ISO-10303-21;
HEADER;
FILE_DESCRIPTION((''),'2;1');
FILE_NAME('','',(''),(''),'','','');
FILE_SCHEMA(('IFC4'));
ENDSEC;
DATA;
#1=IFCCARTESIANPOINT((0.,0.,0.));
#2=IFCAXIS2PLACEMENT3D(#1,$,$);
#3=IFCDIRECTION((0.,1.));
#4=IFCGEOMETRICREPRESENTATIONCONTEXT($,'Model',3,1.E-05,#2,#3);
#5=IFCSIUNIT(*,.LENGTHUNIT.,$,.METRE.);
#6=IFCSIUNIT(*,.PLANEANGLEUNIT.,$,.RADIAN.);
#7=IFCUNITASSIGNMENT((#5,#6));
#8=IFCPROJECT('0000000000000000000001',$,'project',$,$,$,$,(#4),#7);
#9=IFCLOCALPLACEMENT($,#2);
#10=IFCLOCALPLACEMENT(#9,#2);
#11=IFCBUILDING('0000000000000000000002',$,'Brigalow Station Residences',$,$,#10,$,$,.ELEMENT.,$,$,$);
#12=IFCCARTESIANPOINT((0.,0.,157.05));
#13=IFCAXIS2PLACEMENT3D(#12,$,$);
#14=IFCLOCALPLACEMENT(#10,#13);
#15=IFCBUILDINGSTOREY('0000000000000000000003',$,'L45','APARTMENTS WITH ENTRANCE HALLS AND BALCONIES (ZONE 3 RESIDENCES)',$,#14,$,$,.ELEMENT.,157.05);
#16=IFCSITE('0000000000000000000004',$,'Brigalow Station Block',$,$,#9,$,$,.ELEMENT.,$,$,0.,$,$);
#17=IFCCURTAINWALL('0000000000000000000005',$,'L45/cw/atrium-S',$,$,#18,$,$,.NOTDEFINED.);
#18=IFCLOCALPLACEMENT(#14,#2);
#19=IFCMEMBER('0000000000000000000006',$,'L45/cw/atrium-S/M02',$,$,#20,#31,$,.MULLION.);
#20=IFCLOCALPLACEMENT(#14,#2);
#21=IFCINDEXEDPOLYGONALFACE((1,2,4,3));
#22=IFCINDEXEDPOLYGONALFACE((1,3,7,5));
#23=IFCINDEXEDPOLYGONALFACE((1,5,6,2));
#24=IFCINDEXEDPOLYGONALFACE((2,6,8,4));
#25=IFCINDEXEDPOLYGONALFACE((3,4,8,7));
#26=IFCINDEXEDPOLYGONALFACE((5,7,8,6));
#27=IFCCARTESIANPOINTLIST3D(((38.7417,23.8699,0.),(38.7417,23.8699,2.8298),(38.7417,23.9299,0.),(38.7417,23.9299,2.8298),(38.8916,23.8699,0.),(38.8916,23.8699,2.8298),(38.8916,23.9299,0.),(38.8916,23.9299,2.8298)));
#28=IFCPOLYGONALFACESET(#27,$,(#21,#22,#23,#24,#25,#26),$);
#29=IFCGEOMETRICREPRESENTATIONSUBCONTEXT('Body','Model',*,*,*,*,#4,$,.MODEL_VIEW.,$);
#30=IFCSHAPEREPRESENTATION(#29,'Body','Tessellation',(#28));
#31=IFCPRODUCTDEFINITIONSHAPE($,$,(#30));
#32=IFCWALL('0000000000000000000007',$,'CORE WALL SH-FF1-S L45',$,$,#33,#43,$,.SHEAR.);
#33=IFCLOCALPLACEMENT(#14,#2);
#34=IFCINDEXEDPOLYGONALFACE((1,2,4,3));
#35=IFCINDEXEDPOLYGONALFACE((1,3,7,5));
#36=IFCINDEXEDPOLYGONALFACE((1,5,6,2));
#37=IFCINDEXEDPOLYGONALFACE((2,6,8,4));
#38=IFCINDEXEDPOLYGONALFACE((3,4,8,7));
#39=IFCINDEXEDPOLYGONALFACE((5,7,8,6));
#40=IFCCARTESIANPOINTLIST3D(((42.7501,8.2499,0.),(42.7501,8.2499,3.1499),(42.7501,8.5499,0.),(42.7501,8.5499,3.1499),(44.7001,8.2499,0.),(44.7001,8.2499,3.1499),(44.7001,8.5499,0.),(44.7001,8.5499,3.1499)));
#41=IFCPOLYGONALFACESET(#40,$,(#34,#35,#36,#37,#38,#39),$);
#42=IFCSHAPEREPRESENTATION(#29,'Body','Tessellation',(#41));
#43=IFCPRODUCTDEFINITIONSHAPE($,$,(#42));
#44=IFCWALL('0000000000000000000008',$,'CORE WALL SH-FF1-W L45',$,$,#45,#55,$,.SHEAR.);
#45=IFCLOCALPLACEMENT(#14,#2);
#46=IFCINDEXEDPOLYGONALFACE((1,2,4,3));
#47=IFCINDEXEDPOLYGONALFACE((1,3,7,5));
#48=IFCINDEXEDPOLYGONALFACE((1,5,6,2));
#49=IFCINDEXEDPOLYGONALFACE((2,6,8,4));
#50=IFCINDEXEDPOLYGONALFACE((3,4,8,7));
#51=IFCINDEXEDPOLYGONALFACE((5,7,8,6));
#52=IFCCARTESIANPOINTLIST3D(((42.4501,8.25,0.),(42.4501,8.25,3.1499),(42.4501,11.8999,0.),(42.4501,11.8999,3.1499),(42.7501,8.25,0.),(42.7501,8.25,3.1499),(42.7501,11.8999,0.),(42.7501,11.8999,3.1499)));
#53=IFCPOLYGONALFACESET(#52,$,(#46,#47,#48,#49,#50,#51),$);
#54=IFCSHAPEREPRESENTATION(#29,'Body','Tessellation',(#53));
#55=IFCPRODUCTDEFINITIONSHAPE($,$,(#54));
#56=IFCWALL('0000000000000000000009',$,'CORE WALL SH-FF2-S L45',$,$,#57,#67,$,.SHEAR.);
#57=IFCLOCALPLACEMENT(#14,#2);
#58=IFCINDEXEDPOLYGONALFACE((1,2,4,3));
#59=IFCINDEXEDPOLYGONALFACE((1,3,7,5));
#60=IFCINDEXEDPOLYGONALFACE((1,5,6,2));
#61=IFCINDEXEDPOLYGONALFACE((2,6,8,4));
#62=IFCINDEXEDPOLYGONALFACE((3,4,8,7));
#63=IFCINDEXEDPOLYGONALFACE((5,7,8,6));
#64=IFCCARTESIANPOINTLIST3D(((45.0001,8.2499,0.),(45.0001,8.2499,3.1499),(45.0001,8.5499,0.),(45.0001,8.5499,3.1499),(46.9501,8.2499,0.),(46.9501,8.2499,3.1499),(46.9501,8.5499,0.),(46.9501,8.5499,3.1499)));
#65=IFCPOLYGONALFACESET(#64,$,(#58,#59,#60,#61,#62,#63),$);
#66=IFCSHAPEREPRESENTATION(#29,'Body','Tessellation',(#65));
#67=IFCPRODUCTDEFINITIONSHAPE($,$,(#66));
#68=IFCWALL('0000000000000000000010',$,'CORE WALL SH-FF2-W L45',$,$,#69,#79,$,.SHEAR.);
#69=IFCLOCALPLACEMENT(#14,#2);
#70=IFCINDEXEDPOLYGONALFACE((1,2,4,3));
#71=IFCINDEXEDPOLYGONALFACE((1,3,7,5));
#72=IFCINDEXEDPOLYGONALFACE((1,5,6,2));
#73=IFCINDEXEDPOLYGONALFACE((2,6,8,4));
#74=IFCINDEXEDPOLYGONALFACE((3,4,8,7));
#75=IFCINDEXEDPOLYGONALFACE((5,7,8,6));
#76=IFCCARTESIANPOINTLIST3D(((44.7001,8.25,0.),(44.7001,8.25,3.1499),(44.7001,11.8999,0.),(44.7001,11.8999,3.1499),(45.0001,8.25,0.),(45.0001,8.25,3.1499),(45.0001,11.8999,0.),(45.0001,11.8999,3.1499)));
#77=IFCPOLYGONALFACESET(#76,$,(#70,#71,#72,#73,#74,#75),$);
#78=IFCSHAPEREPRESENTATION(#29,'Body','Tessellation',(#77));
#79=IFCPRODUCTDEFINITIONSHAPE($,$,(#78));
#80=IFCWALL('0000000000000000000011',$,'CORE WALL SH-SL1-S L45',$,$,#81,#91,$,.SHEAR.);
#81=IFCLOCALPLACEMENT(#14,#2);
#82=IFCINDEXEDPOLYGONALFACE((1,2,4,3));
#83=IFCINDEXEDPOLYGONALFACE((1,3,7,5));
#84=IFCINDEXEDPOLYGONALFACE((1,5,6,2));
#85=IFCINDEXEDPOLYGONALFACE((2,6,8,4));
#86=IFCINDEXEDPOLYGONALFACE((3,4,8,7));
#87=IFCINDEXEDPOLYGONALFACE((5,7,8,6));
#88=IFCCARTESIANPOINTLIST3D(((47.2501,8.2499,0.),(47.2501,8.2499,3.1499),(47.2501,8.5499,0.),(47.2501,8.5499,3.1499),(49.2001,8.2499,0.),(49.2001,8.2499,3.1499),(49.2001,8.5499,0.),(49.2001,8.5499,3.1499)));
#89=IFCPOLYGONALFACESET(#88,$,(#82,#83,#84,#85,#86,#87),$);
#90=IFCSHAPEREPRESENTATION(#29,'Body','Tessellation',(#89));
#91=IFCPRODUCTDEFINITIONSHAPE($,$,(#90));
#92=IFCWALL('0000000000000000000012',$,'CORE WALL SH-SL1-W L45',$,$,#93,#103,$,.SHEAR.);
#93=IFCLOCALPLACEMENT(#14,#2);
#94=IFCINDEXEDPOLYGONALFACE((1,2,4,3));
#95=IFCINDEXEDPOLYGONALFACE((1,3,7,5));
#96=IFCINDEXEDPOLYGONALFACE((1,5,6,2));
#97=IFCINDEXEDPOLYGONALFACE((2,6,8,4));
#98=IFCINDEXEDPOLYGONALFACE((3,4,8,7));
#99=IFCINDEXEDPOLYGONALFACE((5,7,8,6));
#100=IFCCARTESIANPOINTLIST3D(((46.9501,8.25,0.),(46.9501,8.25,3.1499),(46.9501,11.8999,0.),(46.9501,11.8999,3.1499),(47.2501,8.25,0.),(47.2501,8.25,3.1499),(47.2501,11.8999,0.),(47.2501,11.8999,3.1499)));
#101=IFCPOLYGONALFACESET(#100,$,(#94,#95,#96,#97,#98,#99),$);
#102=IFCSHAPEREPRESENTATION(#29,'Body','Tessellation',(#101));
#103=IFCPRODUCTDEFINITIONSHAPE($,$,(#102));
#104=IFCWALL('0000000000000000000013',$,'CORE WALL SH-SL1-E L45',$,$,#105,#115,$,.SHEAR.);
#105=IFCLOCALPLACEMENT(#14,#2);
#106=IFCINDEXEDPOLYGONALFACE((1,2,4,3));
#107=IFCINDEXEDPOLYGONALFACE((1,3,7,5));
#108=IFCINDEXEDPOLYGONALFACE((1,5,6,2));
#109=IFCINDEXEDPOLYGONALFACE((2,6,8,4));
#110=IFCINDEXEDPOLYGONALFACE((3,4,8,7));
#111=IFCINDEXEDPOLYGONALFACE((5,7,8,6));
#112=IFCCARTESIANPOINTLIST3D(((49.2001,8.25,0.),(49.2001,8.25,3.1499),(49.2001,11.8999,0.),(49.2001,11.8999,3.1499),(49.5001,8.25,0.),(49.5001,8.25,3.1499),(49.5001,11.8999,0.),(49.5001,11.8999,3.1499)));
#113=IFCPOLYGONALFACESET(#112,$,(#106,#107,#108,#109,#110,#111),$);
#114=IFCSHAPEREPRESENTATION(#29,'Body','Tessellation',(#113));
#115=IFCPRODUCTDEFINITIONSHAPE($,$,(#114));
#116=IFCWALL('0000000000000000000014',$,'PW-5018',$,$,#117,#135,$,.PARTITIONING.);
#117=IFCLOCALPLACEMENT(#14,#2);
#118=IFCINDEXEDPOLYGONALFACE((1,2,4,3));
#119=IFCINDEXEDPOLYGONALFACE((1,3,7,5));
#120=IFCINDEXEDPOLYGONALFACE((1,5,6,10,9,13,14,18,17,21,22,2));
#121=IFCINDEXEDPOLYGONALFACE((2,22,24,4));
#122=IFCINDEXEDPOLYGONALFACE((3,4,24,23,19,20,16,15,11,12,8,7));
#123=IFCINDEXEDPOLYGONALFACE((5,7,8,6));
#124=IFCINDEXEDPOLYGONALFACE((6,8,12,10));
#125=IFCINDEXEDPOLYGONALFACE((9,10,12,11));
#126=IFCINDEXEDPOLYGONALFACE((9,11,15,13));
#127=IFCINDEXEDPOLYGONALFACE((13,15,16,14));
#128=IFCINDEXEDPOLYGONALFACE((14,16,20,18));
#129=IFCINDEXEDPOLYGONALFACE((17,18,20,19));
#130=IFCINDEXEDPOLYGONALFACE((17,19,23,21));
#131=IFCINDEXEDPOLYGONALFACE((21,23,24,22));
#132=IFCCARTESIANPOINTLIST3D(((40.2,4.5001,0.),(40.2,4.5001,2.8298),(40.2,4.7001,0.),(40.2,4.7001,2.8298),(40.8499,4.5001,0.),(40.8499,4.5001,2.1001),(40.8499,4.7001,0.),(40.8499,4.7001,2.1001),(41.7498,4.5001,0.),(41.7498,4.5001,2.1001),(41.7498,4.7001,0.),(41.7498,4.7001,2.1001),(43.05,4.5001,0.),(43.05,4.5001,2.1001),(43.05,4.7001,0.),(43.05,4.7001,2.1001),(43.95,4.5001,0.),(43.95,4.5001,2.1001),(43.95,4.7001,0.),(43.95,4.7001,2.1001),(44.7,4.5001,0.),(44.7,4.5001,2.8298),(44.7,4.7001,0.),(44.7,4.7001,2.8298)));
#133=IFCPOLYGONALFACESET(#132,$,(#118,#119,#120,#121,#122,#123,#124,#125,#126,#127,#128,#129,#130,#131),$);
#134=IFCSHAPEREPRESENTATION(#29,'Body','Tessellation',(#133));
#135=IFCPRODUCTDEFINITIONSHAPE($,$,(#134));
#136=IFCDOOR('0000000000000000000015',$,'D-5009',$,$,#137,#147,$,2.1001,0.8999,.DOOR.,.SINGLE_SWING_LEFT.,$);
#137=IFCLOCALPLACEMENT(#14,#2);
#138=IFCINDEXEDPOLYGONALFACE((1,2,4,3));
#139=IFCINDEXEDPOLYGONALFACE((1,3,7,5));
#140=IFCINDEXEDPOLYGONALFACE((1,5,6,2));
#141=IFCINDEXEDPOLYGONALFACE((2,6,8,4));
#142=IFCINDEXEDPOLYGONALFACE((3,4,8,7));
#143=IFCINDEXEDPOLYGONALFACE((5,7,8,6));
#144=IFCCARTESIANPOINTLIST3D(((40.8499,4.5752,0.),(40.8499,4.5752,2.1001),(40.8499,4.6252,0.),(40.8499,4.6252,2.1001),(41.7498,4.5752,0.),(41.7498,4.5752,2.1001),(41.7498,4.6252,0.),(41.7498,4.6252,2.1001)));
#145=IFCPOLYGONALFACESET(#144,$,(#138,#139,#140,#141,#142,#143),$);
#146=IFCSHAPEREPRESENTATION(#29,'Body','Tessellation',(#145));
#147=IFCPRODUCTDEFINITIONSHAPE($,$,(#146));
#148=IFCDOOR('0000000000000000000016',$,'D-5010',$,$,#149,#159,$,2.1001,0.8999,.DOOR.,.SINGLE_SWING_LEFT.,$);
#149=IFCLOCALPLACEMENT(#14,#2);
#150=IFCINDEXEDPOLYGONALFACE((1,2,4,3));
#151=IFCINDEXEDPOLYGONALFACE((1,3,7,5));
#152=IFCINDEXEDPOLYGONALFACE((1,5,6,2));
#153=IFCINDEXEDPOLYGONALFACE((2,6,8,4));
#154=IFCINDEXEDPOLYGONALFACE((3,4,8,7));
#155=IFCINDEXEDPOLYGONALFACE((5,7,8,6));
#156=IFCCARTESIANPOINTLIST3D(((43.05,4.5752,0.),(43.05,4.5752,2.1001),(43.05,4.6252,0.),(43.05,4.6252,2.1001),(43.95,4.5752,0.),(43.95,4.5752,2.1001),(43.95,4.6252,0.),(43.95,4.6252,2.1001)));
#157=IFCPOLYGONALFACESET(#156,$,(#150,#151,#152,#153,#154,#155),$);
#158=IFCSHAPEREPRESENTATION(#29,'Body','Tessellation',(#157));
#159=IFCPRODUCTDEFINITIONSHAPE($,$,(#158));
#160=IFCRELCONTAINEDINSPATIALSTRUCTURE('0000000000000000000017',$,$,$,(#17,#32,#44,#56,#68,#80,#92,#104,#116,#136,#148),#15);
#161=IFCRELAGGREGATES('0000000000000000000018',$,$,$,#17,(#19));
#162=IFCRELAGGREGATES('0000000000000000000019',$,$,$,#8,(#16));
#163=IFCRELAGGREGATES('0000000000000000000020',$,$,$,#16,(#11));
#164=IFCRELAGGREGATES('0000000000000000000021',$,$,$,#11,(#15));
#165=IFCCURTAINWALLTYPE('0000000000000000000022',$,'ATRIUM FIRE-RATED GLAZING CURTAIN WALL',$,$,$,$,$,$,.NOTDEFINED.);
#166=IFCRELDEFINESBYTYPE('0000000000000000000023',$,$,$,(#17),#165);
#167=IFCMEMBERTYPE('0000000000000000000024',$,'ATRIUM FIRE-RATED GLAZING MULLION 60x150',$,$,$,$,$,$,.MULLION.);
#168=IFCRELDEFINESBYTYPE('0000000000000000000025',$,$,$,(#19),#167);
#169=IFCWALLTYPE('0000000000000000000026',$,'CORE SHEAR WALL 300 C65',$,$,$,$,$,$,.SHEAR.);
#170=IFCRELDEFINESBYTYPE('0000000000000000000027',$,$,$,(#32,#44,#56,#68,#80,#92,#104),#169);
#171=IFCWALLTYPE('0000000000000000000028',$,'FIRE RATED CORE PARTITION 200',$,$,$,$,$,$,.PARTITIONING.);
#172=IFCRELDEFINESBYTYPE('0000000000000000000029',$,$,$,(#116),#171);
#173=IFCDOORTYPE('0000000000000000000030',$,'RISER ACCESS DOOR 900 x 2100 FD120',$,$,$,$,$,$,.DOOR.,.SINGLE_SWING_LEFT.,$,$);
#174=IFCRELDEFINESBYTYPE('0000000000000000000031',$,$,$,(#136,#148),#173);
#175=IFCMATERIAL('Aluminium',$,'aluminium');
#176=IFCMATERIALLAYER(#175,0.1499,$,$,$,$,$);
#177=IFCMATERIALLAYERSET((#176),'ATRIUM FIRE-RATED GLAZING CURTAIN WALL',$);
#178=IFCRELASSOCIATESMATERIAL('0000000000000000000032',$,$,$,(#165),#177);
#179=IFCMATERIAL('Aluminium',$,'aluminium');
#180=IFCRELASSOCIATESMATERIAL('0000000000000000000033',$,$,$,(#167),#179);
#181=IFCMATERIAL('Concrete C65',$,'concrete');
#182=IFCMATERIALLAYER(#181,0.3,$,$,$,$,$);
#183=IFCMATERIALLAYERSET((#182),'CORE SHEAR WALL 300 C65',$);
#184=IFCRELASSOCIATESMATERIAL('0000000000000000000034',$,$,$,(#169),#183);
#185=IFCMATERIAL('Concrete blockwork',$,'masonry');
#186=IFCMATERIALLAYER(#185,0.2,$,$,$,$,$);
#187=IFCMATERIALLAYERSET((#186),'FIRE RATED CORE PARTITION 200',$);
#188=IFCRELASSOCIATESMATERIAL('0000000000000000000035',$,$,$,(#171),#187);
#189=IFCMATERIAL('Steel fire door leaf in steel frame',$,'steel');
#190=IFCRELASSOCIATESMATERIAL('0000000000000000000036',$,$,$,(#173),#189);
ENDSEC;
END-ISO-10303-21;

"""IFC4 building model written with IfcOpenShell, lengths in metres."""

from ifc_helpers import new_model, si_unit, direction, frame, frame_2d, origin, origin_2d, place, context, subcontext, project, spatial, rectangle, extrude, material, layer, layer_set, material_profile, profile_set, type_object, element, fill, aggregate, save


model = new_model("IFC4")

# Units and contexts
model_context = context("Model", 3, precision=1e-05, world=origin(), true_north=direction((0.0, 1.0)))
body_context = subcontext(model_context, "Body", "Model", "MODEL_VIEW")
ifc_project = project(units=[si_unit("LENGTHUNIT", "METRE"), si_unit("PLANEANGLEUNIT", "RADIAN")], contexts=[model_context])

# Site, building, storey
site_placement = place(None, origin())
site = spatial("IfcSite", under=ifc_project, at=site_placement, Name="Brigalow Station Block", CompositionType="ELEMENT", RefElevation=0.0)
building_placement = place(site_placement, origin())
building = spatial("IfcBuilding", under=site, at=building_placement, Name="Brigalow Station Residences", CompositionType="ELEMENT")
storey_placement = place(building_placement, frame((0.0, 0.0, 157.05)))
storey = spatial("IfcBuildingStorey", under=building, at=storey_placement, Name="L45", Description="APARTMENTS WITH ENTRANCE HALLS AND BALCONIES (ZONE 3 RESIDENCES)", CompositionType="ELEMENT", Elevation=157.05)

# Curtain wall, member
ifc_material_1 = material(Name="Aluminium", Category="aluminium")
ifc_layer_1 = layer(ifc_material_1, 0.1499)
ifc_layer_set_1 = layer_set([ifc_layer_1], Name="ATRIUM FIRE-RATED GLAZING CURTAIN WALL")
curtain_wall_type = type_object("IfcCurtainWallType", Name="ATRIUM FIRE-RATED GLAZING CURTAIN WALL", PredefinedType="NOTDEFINED", material=ifc_layer_set_1)
curtain_wall_placement = place(storey_placement, origin())
curtain_wall = element("IfcCurtainWall", 1, at=curtain_wall_placement, inside=storey, type_object=curtain_wall_type, Name="L45/cw/atrium-S", PredefinedType="NOTDEFINED")
ifc_material_2 = material(Name="Aluminium", Category="aluminium")
ifc_material_profile = material_profile(ifc_material_2, rectangle(XDim=0.0601, YDim=0.1499, at=origin_2d()), Name="ATRIUM FIRE-RATED GLAZING MULLION 60x150")
ifc_profile_set = profile_set([ifc_material_profile], Name="Aluminium")
member_type = type_object("IfcMemberType", Name="ATRIUM FIRE-RATED GLAZING MULLION 60x150", PredefinedType="MULLION", material=ifc_profile_set)
member_placement = place(storey_placement, frame((38.8167, 23.8999, 0.0), z_axis=(0.0, 0.0, 1.0), x_axis=(0.0, 1.0, 0.0)))
member = element("IfcMember", 2, at=member_placement, type_object=member_type, Name="L45/cw/atrium-S/M02", PredefinedType="MULLION", context=body_context, shape_type="SweptSolid", body=[
    extrude(rectangle(XDim=0.0601, YDim=0.1499, at=origin_2d()), origin(), (0.0, 0.0, 1.0), 2.8298),
])
aggregate(curtain_wall, [member])

# Walls
ifc_material_3 = material(Name="Concrete C65", Category="concrete")
ifc_layer_2 = layer(ifc_material_3, 0.3)
ifc_layer_set_2 = layer_set([ifc_layer_2], Name="CORE SHEAR WALL 300 C65")
wall_type_1 = type_object("IfcWallType", Name="CORE SHEAR WALL 300 C65", PredefinedType="SHEAR", material=ifc_layer_set_2)
wall_1_placement = place(storey_placement, frame((42.75, 8.3999, 0.0), z_axis=(0.0, 0.0, 1.0), x_axis=(1.0, 0.0, 0.0)))
element("IfcWall", 3, at=wall_1_placement, inside=storey, type_object=wall_type_1, Name="CORE WALL SH-FF1-S L45", PredefinedType="SHEAR", context=body_context, shape_type="SweptSolid", body=[
    extrude(rectangle(XDim=1.95, YDim=0.3, at=frame_2d((0.9751, 0.0))), origin(), (0.0, 0.0, 1.0), 3.1499),
])
wall_2_placement = place(storey_placement, frame((42.6001, 8.25, 0.0), z_axis=(0.0, 0.0, 1.0), x_axis=(0.0, 1.0, 0.0)))
element("IfcWall", 4, at=wall_2_placement, inside=storey, type_object=wall_type_1, Name="CORE WALL SH-FF1-W L45", PredefinedType="SHEAR", context=body_context, shape_type="SweptSolid", body=[
    extrude(rectangle(XDim=3.6499, YDim=0.3, at=frame_2d((1.825, 0.0))), origin(), (0.0, 0.0, 1.0), 3.1499),
])
wall_3_placement = place(storey_placement, frame((45.0, 8.3999, 0.0), z_axis=(0.0, 0.0, 1.0), x_axis=(1.0, 0.0, 0.0)))
element("IfcWall", 5, at=wall_3_placement, inside=storey, type_object=wall_type_1, Name="CORE WALL SH-FF2-S L45", PredefinedType="SHEAR", context=body_context, shape_type="SweptSolid", body=[
    extrude(rectangle(XDim=1.95, YDim=0.3, at=frame_2d((0.9751, 0.0))), origin(), (0.0, 0.0, 1.0), 3.1499),
])
wall_4_placement = place(storey_placement, frame((44.8501, 8.25, 0.0), z_axis=(0.0, 0.0, 1.0), x_axis=(0.0, 1.0, 0.0)))
element("IfcWall", 6, at=wall_4_placement, inside=storey, type_object=wall_type_1, Name="CORE WALL SH-FF2-W L45", PredefinedType="SHEAR", context=body_context, shape_type="SweptSolid", body=[
    extrude(rectangle(XDim=3.6499, YDim=0.3, at=frame_2d((1.825, 0.0))), origin(), (0.0, 0.0, 1.0), 3.1499),
])
wall_5_placement = place(storey_placement, frame((47.25, 8.3999, 0.0), z_axis=(0.0, 0.0, 1.0), x_axis=(1.0, 0.0, 0.0)))
element("IfcWall", 7, at=wall_5_placement, inside=storey, type_object=wall_type_1, Name="CORE WALL SH-SL1-S L45", PredefinedType="SHEAR", context=body_context, shape_type="SweptSolid", body=[
    extrude(rectangle(XDim=1.95, YDim=0.3, at=frame_2d((0.9751, 0.0))), origin(), (0.0, 0.0, 1.0), 3.1499),
])
for number, where, z_axis, x_axis, name in (
    (8, (47.1001, 8.25, 0.0), (0.0, 0.0, 1.0), (0.0, 1.0, 0.0), "CORE WALL SH-SL1-W L45"),
    (9, (49.3501, 8.25, 0.0), (0.0, 0.0, 1.0), (0.0, 1.0, 0.0), "CORE WALL SH-SL1-E L45"),
):
    element("IfcWall", number, at=place(storey_placement, frame(where, z_axis=z_axis, x_axis=x_axis)), inside=storey, type_object=wall_type_1, Name=name, PredefinedType="SHEAR", context=body_context, shape_type="SweptSolid", body=[
        extrude(rectangle(XDim=3.6499, YDim=0.3, at=frame_2d((1.825, 0.0))), origin(), (0.0, 0.0, 1.0), 3.1499),
    ])

# Wall, openings, doors
ifc_material_4 = material(Name="Concrete blockwork", Category="masonry")
ifc_layer_3 = layer(ifc_material_4, 0.2)
ifc_layer_set_3 = layer_set([ifc_layer_3], Name="FIRE RATED CORE PARTITION 200")
wall_type_2 = type_object("IfcWallType", Name="FIRE RATED CORE PARTITION 200", PredefinedType="PARTITIONING", material=ifc_layer_set_3)
wall_6_placement = place(storey_placement, frame((40.2, 4.6001, 0.0), z_axis=(0.0, 0.0, 1.0), x_axis=(1.0, 0.0, 0.0)))
wall_6 = element("IfcWall", 10, at=wall_6_placement, inside=storey, type_object=wall_type_2, Name="PW-5018", PredefinedType="PARTITIONING", context=body_context, shape_type="SweptSolid", body=[
    extrude(rectangle(XDim=4.5, YDim=0.2, at=frame_2d((2.25, 0.0))), origin(), (0.0, 0.0, 1.0), 2.8298),
])
opening_1_placement = place(wall_6_placement, frame((0.6499, 0.0, 0.0)))
opening_1 = element("IfcOpeningElement", 11, at=opening_1_placement, cuts=wall_6, PredefinedType="OPENING", context=body_context, shape_type="SweptSolid", body=[
    extrude(rectangle(XDim=0.8999, YDim=2.1001, at=frame_2d((0.45, 1.05))), frame((0.0, 0.1099, 0.0), z_axis=(0.0, -1.0, 0.0), x_axis=(1.0, 0.0, 0.0)), (0.0, 0.0, 1.0), 0.22),
])
opening_2_placement = place(wall_6_placement, frame((2.8501, 0.0, 0.0)))
opening_2 = element("IfcOpeningElement", 12, at=opening_2_placement, cuts=wall_6, PredefinedType="OPENING", context=body_context, shape_type="SweptSolid", body=[
    extrude(rectangle(XDim=0.8999, YDim=2.1001, at=frame_2d((0.45, 1.05))), frame((0.0, 0.1099, 0.0), z_axis=(0.0, -1.0, 0.0), x_axis=(1.0, 0.0, 0.0)), (0.0, 0.0, 1.0), 0.22),
])
ifc_material_5 = material(Name="Steel fire door leaf in steel frame", Category="steel")
door_type_1 = type_object("IfcDoorType", Name="RISER ACCESS DOOR 900 x 2100 FD120", OperationType="SINGLE_SWING_LEFT", PredefinedType="DOOR", material=ifc_material_5)
door_1_placement = place(opening_1_placement, frame((0.8999, 0.0, 0.0), z_axis=(0.0, 0.0, 1.0), x_axis=(-1.0, 0.0, 0.0)))
door_1 = element("IfcDoor", 13, at=door_1_placement, inside=storey, type_object=door_type_1, Name="D-5009", OperationType="SINGLE_SWING_LEFT", OverallHeight=2.1001, OverallWidth=0.8999, PredefinedType="DOOR", context=body_context, shape_type="SweptSolid", body=[
    extrude(rectangle(XDim=0.8999, YDim=2.1001, at=frame_2d((0.45, 1.05))), frame((0.0, 0.0249, 0.0), z_axis=(0.0, -1.0, 0.0), x_axis=(1.0, 0.0, 0.0)), (0.0, 0.0, 1.0), 0.05),
])
fill(opening_1, door_1)
door_2_placement = place(opening_2_placement, frame((0.8999, 0.0, 0.0), z_axis=(0.0, 0.0, 1.0), x_axis=(-1.0, 0.0, 0.0)))
door_2 = element("IfcDoor", 14, at=door_2_placement, inside=storey, type_object=door_type_1, Name="D-5010", OperationType="SINGLE_SWING_LEFT", OverallHeight=2.1001, OverallWidth=0.8999, PredefinedType="DOOR", context=body_context, shape_type="SweptSolid", body=[
    extrude(rectangle(XDim=0.8999, YDim=2.1001, at=frame_2d((0.45, 1.05))), frame((0.0, 0.0249, 0.0), z_axis=(0.0, -1.0, 0.0), x_axis=(1.0, 0.0, 0.0)), (0.0, 0.0, 1.0), 0.05),
])
fill(opening_2, door_2)

save(model, "model.ifc")
